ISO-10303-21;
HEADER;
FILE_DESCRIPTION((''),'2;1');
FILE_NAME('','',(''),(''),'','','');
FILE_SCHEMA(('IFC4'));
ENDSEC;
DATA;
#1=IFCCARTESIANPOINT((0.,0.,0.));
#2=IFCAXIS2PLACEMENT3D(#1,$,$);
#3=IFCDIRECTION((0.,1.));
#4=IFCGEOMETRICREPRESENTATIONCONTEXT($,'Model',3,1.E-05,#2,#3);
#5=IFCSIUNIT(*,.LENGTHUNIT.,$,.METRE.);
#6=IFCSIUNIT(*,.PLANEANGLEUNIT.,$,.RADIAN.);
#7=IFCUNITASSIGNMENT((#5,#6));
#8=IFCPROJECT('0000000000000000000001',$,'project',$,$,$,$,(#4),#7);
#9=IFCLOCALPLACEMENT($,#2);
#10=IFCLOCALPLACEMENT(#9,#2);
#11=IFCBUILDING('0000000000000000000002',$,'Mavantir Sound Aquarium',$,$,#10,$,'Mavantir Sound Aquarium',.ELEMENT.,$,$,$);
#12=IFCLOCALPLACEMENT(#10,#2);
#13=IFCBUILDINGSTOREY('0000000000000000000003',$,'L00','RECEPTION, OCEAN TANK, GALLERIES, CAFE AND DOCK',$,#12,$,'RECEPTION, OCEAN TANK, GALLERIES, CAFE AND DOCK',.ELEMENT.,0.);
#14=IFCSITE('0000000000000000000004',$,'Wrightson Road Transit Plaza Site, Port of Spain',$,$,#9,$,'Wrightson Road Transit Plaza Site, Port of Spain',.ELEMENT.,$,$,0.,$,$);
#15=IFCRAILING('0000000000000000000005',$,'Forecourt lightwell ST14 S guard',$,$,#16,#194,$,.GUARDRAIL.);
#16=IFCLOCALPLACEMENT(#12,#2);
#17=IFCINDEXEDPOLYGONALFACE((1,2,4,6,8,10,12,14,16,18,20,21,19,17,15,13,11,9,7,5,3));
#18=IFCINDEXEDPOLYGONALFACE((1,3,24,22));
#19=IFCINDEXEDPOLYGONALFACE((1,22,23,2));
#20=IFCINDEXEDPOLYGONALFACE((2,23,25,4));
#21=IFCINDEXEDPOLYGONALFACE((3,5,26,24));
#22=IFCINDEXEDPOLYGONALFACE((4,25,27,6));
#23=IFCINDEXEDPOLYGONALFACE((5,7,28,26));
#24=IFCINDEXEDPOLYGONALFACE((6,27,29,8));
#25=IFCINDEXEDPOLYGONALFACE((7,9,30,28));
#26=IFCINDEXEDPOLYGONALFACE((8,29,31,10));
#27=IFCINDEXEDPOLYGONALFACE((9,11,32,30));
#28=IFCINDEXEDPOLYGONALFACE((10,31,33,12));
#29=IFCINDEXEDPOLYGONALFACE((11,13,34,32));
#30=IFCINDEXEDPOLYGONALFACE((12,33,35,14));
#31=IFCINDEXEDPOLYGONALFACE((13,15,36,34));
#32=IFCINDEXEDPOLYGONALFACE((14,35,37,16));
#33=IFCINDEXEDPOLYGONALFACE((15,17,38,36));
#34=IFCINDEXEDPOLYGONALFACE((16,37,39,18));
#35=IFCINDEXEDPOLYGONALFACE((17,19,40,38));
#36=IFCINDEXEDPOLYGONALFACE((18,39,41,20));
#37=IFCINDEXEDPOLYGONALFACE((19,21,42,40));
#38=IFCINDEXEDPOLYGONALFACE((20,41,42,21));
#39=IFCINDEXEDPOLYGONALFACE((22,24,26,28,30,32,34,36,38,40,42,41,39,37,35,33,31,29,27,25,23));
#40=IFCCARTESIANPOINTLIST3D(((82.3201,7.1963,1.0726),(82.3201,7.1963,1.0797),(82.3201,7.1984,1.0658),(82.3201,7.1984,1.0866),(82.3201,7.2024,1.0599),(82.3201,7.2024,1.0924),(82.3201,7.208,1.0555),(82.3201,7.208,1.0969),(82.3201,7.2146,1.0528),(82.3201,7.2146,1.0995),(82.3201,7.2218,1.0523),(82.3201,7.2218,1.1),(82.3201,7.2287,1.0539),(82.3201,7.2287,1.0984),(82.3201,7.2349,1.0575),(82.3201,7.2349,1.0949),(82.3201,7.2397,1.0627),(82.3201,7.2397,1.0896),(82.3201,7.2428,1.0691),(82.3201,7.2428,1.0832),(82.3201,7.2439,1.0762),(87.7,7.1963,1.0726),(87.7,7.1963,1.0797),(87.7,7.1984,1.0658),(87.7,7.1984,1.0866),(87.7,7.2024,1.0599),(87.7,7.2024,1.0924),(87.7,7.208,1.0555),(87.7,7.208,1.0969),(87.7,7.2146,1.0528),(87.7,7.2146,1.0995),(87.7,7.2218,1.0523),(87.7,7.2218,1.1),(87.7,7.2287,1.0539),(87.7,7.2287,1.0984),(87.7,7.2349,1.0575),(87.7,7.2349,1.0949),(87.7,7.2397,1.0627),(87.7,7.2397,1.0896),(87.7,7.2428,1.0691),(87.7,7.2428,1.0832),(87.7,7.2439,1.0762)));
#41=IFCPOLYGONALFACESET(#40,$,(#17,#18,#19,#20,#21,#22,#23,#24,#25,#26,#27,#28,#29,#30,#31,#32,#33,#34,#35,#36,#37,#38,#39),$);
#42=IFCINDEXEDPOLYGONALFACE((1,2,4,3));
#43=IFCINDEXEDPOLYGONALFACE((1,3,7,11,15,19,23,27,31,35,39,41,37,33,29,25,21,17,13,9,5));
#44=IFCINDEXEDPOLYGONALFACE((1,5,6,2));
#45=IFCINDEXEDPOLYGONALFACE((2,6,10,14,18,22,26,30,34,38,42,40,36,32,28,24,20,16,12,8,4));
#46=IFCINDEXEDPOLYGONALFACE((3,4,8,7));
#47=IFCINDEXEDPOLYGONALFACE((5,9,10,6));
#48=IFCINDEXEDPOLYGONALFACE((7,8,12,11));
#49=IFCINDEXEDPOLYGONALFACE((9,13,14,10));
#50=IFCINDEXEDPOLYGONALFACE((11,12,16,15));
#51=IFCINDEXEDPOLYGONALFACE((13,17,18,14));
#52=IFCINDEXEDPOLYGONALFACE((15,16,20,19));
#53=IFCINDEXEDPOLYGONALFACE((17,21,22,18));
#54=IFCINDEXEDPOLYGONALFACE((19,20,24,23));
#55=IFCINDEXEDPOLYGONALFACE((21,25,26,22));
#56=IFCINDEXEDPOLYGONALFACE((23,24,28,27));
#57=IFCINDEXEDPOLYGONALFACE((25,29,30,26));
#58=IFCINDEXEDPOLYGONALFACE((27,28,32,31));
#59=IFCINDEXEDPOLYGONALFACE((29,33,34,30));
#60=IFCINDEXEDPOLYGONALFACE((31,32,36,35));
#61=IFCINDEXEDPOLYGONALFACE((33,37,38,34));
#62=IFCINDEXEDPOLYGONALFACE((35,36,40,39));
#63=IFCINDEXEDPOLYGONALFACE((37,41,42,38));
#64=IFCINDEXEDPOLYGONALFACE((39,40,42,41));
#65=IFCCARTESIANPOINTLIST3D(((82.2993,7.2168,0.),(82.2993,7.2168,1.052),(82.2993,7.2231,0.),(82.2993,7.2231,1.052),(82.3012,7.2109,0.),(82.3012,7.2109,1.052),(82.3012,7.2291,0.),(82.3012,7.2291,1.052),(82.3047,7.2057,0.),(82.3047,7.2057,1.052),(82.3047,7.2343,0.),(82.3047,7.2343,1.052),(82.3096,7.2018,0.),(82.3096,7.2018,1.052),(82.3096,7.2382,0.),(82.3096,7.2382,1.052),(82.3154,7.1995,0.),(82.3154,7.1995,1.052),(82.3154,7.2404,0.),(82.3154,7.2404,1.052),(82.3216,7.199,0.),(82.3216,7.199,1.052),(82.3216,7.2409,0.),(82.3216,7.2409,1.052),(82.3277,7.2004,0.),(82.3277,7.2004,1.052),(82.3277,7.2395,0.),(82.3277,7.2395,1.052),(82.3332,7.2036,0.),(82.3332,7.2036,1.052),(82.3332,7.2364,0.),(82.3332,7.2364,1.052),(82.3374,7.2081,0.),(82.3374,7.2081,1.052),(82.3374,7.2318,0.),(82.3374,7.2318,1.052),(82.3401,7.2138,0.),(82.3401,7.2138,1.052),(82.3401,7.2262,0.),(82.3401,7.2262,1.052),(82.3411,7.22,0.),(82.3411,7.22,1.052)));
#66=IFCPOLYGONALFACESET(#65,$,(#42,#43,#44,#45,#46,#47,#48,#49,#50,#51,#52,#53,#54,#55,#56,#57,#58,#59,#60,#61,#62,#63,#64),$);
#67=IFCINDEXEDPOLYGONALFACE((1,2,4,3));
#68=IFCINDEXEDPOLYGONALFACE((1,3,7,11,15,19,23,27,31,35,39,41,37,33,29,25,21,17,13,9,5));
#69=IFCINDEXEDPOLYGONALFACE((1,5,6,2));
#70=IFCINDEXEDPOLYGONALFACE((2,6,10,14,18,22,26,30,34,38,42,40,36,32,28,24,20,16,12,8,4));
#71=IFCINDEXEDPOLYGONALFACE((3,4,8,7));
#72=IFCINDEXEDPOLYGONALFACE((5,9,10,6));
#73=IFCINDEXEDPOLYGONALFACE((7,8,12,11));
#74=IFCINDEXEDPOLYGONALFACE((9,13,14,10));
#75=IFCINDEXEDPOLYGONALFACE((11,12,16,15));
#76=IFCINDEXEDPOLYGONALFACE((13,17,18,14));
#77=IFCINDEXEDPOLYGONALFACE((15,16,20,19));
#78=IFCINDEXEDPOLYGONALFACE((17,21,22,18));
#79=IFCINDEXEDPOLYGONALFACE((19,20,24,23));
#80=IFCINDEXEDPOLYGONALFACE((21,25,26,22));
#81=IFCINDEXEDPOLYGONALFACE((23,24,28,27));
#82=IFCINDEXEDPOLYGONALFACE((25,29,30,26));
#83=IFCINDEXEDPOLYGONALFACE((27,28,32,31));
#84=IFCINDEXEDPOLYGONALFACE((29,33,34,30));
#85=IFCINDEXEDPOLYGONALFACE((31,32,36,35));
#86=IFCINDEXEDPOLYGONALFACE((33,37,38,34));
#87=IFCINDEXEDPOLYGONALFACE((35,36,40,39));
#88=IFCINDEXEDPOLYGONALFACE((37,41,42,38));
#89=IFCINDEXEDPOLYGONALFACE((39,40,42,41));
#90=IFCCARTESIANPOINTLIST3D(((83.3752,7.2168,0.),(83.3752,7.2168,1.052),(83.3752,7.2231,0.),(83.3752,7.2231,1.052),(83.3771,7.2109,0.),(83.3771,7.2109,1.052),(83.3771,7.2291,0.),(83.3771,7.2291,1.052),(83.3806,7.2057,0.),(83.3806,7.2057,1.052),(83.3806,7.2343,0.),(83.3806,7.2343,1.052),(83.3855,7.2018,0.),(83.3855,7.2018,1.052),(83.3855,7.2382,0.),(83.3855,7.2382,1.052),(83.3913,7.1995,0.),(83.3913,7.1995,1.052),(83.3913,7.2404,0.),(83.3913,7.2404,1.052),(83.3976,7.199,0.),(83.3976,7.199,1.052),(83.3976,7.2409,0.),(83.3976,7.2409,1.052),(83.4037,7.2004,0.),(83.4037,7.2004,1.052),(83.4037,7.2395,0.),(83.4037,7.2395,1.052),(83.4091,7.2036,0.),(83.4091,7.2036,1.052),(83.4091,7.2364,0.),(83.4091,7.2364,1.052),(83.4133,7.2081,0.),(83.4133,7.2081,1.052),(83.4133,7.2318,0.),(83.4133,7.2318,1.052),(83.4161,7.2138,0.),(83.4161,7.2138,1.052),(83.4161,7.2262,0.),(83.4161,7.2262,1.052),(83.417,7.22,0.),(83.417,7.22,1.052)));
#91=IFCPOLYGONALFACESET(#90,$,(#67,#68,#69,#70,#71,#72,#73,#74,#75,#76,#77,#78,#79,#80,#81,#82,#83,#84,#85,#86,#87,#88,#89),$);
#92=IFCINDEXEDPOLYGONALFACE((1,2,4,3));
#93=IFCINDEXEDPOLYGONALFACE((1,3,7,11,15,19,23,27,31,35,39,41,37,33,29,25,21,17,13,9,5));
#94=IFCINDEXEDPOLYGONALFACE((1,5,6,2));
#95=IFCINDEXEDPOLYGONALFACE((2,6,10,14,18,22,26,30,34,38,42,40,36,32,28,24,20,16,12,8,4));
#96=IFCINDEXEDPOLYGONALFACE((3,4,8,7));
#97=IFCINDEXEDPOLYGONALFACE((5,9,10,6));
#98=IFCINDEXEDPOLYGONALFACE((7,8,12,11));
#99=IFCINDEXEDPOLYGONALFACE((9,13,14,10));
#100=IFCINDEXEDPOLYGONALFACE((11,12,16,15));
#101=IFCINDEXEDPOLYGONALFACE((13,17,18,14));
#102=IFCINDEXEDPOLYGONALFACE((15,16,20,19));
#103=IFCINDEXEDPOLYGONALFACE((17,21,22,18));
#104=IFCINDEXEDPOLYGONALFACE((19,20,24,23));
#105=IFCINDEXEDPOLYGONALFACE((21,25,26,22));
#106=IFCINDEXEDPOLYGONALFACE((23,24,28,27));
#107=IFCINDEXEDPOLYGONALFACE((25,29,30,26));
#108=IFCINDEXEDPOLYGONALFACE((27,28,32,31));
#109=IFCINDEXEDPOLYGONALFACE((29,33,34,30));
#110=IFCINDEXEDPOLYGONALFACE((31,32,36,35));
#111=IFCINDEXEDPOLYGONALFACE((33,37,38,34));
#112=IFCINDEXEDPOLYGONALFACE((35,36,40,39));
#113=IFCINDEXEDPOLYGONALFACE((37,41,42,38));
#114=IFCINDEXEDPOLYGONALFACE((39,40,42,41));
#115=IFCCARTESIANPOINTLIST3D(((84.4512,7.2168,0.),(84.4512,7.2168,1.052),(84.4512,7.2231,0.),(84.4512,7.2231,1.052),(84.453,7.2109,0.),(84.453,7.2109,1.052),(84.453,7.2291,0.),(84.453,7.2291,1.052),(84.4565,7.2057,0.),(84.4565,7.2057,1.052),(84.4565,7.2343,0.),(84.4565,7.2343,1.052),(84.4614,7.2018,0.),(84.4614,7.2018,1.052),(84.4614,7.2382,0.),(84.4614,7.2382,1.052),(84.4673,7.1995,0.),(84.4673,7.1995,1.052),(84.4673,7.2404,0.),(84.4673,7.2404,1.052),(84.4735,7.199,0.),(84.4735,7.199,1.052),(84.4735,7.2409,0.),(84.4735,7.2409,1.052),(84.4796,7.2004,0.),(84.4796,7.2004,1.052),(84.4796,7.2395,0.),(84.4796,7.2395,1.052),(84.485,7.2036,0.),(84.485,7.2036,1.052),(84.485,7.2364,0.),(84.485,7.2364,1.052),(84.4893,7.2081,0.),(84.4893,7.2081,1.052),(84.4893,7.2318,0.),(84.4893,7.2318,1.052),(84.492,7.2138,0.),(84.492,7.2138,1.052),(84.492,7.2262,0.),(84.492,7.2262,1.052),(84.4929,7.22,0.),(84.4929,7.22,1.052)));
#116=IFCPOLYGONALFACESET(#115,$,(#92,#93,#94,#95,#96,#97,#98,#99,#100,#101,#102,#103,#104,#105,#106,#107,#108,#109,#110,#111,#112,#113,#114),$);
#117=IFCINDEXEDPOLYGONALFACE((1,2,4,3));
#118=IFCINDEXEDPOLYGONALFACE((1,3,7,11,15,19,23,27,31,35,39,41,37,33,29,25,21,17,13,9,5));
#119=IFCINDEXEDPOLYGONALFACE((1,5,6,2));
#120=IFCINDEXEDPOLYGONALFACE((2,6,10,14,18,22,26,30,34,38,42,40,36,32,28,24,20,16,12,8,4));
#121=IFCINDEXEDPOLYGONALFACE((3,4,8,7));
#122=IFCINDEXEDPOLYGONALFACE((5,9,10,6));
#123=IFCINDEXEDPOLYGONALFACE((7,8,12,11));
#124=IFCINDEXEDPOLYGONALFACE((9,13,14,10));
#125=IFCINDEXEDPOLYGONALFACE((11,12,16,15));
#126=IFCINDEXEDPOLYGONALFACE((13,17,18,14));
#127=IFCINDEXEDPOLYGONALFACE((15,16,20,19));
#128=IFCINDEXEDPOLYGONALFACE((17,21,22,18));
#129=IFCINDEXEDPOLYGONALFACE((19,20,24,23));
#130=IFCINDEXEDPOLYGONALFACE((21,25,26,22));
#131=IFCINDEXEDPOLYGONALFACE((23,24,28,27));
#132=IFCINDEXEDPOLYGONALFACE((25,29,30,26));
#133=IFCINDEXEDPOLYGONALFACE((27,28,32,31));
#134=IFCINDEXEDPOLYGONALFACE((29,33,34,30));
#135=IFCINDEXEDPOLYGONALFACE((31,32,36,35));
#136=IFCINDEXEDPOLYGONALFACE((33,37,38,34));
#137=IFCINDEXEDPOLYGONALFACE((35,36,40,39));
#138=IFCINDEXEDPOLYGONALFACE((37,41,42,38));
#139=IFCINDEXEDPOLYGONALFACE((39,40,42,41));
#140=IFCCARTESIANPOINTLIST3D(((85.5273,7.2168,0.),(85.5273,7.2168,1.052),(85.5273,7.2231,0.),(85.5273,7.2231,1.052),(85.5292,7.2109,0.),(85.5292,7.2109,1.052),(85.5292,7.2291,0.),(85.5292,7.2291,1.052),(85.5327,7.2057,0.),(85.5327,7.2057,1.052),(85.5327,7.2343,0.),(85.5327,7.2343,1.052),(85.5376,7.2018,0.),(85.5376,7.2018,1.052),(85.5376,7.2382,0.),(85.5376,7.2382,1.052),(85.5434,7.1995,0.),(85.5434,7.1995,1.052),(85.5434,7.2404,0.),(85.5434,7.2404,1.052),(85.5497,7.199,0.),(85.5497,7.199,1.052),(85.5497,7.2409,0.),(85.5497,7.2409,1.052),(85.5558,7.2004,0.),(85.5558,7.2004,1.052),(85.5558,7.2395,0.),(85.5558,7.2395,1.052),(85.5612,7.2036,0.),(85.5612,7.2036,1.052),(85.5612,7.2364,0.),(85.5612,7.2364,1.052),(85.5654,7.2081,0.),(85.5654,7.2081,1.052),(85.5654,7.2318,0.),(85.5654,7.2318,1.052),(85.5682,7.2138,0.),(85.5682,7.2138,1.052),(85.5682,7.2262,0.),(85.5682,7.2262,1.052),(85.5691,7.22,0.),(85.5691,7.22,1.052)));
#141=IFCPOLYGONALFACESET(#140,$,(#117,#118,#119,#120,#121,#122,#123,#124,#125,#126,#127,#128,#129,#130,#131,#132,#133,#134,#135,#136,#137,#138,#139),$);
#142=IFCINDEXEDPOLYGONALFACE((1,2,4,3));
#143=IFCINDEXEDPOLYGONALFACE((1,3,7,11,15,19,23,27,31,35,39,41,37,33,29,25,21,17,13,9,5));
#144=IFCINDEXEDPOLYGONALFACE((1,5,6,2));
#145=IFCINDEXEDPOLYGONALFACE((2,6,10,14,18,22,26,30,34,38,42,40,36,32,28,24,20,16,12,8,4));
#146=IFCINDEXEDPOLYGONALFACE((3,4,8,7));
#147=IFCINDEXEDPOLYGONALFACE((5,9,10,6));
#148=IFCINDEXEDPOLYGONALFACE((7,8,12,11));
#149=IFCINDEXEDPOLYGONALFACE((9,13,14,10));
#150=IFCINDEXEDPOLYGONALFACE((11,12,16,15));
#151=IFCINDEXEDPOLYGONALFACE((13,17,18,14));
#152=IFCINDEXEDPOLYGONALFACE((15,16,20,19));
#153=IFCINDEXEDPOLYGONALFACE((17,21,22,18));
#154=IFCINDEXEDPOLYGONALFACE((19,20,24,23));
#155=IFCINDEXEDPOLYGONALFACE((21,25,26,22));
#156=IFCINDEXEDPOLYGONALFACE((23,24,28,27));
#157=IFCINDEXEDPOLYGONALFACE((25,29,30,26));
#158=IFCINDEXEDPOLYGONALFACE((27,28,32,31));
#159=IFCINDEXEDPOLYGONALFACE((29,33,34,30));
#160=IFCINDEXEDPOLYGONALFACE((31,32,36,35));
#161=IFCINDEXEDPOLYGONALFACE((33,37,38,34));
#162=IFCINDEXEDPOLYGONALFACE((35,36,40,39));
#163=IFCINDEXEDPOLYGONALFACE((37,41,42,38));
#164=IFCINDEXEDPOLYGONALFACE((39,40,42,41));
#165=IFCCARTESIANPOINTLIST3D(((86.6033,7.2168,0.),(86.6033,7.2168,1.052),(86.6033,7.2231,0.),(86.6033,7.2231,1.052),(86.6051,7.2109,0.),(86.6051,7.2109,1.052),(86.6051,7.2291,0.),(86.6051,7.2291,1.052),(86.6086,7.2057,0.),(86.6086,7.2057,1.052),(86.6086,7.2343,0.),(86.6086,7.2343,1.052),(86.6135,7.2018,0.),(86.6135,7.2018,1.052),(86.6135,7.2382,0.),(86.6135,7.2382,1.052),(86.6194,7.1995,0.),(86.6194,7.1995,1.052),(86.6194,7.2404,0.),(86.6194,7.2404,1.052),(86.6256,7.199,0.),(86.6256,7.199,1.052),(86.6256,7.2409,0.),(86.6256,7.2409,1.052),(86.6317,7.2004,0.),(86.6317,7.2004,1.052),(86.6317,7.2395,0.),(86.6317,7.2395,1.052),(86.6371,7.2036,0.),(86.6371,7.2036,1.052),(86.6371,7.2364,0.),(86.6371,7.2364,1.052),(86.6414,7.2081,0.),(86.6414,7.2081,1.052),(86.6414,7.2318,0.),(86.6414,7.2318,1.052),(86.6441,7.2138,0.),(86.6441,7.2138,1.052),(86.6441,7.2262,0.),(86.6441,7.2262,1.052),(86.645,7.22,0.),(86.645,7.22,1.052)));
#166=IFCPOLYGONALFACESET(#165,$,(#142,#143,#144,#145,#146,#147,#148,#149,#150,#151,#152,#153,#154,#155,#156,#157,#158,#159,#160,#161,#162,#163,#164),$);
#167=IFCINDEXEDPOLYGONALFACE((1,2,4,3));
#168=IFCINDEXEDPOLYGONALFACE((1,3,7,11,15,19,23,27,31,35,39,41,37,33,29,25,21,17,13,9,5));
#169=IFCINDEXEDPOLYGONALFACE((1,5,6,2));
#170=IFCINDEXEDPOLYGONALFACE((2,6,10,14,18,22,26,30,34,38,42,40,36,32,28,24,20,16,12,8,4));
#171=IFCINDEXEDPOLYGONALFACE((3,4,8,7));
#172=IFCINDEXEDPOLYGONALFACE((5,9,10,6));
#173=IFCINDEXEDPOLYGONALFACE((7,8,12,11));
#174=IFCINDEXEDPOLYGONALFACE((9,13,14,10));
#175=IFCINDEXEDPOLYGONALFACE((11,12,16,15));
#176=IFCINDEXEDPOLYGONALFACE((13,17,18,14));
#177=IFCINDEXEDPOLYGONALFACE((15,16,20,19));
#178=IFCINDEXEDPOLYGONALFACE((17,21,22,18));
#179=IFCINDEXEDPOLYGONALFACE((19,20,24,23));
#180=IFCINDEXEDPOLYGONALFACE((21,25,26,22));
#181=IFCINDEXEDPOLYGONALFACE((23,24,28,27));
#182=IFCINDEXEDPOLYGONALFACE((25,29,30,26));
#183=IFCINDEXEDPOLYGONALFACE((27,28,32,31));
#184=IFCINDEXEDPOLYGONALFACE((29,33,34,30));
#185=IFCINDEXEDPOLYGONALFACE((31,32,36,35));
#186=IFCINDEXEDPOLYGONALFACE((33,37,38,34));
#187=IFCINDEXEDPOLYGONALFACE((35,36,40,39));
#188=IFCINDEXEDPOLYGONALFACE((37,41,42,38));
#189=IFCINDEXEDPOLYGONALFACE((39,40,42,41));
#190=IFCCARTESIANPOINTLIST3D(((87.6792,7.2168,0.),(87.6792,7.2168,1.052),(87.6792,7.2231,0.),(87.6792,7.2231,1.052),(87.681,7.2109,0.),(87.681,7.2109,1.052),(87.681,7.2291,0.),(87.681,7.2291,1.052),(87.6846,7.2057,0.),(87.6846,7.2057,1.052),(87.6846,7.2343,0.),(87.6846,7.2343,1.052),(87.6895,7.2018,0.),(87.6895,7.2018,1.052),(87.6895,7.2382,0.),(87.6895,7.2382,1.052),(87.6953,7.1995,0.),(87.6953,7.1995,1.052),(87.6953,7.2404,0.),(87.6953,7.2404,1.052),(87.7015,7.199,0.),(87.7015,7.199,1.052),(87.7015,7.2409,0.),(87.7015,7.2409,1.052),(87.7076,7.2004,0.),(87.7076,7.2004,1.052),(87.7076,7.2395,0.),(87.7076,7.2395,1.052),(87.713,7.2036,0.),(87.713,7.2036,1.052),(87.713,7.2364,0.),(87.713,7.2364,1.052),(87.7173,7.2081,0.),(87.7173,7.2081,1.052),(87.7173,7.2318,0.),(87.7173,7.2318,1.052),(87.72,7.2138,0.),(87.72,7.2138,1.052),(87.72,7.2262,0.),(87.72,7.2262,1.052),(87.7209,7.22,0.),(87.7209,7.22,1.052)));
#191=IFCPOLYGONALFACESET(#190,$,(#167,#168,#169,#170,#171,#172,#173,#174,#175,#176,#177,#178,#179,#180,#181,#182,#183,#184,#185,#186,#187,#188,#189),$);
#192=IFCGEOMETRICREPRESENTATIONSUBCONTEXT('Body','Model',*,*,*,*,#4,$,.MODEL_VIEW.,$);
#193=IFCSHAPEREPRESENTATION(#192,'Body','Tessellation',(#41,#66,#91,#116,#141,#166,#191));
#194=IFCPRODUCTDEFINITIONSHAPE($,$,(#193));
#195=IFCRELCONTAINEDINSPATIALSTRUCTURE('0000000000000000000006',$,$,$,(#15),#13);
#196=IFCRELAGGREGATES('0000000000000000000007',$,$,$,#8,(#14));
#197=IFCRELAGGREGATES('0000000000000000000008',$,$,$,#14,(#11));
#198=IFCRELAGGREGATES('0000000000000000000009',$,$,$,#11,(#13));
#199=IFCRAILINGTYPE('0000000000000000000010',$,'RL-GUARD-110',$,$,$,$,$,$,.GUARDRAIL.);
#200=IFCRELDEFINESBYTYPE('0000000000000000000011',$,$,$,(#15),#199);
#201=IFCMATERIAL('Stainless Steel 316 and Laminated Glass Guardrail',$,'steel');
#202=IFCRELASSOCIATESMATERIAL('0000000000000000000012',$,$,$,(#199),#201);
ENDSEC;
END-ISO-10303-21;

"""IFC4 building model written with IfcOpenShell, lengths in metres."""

from ifc_helpers import new_model, si_unit, direction, frame, origin, origin_2d, place, context, subcontext, project, spatial, circle, extrude, material, type_object, element, save


model = new_model("IFC4")

# Units and contexts
model_context = context("Model", 3, precision=1e-05, world=origin(), true_north=direction((0.0, 1.0)))
body_context = subcontext(model_context, "Body", "Model", "MODEL_VIEW")
ifc_project = project(units=[si_unit("LENGTHUNIT", "METRE"), si_unit("PLANEANGLEUNIT", "RADIAN")], contexts=[model_context])

# Site, building, storey
site_placement = place(None, origin())
site = spatial("IfcSite", under=ifc_project, at=site_placement, Name="Wrightson Road Transit Plaza Site, Port of Spain", LongName="Wrightson Road Transit Plaza Site, Port of Spain", CompositionType="ELEMENT", RefElevation=0.0)
building_placement = place(site_placement, origin())
building = spatial("IfcBuilding", under=site, at=building_placement, Name="Mavantir Sound Aquarium", LongName="Mavantir Sound Aquarium", CompositionType="ELEMENT")
storey_placement = place(building_placement, origin())
storey = spatial("IfcBuildingStorey", under=building, at=storey_placement, Name="L00", Description="RECEPTION, OCEAN TANK, GALLERIES, CAFE AND DOCK", LongName="RECEPTION, OCEAN TANK, GALLERIES, CAFE AND DOCK", CompositionType="ELEMENT", Elevation=0.0)

# Railing
ifc_material_1 = material(Name="Stainless Steel 316 and Laminated Glass Guardrail", Category="steel")
railing_type_1 = type_object("IfcRailingType", Name="RL-GUARD-110", PredefinedType="GUARDRAIL", material=ifc_material_1)
railing_1_placement = place(storey_placement, frame((82.3201, 7.22, 0.0)))
element("IfcRailing", 1, at=railing_1_placement, inside=storey, type_object=railing_type_1, Name="Forecourt lightwell ST14 S guard", PredefinedType="GUARDRAIL", context=body_context, shape_type="SweptSolid", body=[
    extrude(circle(Radius=0.0239, at=origin_2d()), frame((0.0, 0.0, 1.0762), z_axis=(1.0, 0.0, 0.0), x_axis=(0.0, 1.0, 0.0)), (0.0, 0.0, 1.0), 5.3799),
    extrude(circle(Radius=0.021, at=origin_2d()), origin(), (0.0, 0.0, 1.0), 1.052),
    extrude(circle(Radius=0.021, at=origin_2d()), frame((1.0759, 0.0, 0.0)), (0.0, 0.0, 1.0), 1.052),
    extrude(circle(Radius=0.021, at=origin_2d()), frame((2.1519, 0.0, 0.0)), (0.0, 0.0, 1.0), 1.052),
    extrude(circle(Radius=0.021, at=origin_2d()), frame((3.228, 0.0, 0.0)), (0.0, 0.0, 1.0), 1.052),
    extrude(circle(Radius=0.021, at=origin_2d()), frame((4.304, 0.0, 0.0)), (0.0, 0.0, 1.0), 1.052),
    extrude(circle(Radius=0.021, at=origin_2d()), frame((5.3799, 0.0, 0.0)), (0.0, 0.0, 1.0), 1.052),
])

save(model, "model.ifc")
